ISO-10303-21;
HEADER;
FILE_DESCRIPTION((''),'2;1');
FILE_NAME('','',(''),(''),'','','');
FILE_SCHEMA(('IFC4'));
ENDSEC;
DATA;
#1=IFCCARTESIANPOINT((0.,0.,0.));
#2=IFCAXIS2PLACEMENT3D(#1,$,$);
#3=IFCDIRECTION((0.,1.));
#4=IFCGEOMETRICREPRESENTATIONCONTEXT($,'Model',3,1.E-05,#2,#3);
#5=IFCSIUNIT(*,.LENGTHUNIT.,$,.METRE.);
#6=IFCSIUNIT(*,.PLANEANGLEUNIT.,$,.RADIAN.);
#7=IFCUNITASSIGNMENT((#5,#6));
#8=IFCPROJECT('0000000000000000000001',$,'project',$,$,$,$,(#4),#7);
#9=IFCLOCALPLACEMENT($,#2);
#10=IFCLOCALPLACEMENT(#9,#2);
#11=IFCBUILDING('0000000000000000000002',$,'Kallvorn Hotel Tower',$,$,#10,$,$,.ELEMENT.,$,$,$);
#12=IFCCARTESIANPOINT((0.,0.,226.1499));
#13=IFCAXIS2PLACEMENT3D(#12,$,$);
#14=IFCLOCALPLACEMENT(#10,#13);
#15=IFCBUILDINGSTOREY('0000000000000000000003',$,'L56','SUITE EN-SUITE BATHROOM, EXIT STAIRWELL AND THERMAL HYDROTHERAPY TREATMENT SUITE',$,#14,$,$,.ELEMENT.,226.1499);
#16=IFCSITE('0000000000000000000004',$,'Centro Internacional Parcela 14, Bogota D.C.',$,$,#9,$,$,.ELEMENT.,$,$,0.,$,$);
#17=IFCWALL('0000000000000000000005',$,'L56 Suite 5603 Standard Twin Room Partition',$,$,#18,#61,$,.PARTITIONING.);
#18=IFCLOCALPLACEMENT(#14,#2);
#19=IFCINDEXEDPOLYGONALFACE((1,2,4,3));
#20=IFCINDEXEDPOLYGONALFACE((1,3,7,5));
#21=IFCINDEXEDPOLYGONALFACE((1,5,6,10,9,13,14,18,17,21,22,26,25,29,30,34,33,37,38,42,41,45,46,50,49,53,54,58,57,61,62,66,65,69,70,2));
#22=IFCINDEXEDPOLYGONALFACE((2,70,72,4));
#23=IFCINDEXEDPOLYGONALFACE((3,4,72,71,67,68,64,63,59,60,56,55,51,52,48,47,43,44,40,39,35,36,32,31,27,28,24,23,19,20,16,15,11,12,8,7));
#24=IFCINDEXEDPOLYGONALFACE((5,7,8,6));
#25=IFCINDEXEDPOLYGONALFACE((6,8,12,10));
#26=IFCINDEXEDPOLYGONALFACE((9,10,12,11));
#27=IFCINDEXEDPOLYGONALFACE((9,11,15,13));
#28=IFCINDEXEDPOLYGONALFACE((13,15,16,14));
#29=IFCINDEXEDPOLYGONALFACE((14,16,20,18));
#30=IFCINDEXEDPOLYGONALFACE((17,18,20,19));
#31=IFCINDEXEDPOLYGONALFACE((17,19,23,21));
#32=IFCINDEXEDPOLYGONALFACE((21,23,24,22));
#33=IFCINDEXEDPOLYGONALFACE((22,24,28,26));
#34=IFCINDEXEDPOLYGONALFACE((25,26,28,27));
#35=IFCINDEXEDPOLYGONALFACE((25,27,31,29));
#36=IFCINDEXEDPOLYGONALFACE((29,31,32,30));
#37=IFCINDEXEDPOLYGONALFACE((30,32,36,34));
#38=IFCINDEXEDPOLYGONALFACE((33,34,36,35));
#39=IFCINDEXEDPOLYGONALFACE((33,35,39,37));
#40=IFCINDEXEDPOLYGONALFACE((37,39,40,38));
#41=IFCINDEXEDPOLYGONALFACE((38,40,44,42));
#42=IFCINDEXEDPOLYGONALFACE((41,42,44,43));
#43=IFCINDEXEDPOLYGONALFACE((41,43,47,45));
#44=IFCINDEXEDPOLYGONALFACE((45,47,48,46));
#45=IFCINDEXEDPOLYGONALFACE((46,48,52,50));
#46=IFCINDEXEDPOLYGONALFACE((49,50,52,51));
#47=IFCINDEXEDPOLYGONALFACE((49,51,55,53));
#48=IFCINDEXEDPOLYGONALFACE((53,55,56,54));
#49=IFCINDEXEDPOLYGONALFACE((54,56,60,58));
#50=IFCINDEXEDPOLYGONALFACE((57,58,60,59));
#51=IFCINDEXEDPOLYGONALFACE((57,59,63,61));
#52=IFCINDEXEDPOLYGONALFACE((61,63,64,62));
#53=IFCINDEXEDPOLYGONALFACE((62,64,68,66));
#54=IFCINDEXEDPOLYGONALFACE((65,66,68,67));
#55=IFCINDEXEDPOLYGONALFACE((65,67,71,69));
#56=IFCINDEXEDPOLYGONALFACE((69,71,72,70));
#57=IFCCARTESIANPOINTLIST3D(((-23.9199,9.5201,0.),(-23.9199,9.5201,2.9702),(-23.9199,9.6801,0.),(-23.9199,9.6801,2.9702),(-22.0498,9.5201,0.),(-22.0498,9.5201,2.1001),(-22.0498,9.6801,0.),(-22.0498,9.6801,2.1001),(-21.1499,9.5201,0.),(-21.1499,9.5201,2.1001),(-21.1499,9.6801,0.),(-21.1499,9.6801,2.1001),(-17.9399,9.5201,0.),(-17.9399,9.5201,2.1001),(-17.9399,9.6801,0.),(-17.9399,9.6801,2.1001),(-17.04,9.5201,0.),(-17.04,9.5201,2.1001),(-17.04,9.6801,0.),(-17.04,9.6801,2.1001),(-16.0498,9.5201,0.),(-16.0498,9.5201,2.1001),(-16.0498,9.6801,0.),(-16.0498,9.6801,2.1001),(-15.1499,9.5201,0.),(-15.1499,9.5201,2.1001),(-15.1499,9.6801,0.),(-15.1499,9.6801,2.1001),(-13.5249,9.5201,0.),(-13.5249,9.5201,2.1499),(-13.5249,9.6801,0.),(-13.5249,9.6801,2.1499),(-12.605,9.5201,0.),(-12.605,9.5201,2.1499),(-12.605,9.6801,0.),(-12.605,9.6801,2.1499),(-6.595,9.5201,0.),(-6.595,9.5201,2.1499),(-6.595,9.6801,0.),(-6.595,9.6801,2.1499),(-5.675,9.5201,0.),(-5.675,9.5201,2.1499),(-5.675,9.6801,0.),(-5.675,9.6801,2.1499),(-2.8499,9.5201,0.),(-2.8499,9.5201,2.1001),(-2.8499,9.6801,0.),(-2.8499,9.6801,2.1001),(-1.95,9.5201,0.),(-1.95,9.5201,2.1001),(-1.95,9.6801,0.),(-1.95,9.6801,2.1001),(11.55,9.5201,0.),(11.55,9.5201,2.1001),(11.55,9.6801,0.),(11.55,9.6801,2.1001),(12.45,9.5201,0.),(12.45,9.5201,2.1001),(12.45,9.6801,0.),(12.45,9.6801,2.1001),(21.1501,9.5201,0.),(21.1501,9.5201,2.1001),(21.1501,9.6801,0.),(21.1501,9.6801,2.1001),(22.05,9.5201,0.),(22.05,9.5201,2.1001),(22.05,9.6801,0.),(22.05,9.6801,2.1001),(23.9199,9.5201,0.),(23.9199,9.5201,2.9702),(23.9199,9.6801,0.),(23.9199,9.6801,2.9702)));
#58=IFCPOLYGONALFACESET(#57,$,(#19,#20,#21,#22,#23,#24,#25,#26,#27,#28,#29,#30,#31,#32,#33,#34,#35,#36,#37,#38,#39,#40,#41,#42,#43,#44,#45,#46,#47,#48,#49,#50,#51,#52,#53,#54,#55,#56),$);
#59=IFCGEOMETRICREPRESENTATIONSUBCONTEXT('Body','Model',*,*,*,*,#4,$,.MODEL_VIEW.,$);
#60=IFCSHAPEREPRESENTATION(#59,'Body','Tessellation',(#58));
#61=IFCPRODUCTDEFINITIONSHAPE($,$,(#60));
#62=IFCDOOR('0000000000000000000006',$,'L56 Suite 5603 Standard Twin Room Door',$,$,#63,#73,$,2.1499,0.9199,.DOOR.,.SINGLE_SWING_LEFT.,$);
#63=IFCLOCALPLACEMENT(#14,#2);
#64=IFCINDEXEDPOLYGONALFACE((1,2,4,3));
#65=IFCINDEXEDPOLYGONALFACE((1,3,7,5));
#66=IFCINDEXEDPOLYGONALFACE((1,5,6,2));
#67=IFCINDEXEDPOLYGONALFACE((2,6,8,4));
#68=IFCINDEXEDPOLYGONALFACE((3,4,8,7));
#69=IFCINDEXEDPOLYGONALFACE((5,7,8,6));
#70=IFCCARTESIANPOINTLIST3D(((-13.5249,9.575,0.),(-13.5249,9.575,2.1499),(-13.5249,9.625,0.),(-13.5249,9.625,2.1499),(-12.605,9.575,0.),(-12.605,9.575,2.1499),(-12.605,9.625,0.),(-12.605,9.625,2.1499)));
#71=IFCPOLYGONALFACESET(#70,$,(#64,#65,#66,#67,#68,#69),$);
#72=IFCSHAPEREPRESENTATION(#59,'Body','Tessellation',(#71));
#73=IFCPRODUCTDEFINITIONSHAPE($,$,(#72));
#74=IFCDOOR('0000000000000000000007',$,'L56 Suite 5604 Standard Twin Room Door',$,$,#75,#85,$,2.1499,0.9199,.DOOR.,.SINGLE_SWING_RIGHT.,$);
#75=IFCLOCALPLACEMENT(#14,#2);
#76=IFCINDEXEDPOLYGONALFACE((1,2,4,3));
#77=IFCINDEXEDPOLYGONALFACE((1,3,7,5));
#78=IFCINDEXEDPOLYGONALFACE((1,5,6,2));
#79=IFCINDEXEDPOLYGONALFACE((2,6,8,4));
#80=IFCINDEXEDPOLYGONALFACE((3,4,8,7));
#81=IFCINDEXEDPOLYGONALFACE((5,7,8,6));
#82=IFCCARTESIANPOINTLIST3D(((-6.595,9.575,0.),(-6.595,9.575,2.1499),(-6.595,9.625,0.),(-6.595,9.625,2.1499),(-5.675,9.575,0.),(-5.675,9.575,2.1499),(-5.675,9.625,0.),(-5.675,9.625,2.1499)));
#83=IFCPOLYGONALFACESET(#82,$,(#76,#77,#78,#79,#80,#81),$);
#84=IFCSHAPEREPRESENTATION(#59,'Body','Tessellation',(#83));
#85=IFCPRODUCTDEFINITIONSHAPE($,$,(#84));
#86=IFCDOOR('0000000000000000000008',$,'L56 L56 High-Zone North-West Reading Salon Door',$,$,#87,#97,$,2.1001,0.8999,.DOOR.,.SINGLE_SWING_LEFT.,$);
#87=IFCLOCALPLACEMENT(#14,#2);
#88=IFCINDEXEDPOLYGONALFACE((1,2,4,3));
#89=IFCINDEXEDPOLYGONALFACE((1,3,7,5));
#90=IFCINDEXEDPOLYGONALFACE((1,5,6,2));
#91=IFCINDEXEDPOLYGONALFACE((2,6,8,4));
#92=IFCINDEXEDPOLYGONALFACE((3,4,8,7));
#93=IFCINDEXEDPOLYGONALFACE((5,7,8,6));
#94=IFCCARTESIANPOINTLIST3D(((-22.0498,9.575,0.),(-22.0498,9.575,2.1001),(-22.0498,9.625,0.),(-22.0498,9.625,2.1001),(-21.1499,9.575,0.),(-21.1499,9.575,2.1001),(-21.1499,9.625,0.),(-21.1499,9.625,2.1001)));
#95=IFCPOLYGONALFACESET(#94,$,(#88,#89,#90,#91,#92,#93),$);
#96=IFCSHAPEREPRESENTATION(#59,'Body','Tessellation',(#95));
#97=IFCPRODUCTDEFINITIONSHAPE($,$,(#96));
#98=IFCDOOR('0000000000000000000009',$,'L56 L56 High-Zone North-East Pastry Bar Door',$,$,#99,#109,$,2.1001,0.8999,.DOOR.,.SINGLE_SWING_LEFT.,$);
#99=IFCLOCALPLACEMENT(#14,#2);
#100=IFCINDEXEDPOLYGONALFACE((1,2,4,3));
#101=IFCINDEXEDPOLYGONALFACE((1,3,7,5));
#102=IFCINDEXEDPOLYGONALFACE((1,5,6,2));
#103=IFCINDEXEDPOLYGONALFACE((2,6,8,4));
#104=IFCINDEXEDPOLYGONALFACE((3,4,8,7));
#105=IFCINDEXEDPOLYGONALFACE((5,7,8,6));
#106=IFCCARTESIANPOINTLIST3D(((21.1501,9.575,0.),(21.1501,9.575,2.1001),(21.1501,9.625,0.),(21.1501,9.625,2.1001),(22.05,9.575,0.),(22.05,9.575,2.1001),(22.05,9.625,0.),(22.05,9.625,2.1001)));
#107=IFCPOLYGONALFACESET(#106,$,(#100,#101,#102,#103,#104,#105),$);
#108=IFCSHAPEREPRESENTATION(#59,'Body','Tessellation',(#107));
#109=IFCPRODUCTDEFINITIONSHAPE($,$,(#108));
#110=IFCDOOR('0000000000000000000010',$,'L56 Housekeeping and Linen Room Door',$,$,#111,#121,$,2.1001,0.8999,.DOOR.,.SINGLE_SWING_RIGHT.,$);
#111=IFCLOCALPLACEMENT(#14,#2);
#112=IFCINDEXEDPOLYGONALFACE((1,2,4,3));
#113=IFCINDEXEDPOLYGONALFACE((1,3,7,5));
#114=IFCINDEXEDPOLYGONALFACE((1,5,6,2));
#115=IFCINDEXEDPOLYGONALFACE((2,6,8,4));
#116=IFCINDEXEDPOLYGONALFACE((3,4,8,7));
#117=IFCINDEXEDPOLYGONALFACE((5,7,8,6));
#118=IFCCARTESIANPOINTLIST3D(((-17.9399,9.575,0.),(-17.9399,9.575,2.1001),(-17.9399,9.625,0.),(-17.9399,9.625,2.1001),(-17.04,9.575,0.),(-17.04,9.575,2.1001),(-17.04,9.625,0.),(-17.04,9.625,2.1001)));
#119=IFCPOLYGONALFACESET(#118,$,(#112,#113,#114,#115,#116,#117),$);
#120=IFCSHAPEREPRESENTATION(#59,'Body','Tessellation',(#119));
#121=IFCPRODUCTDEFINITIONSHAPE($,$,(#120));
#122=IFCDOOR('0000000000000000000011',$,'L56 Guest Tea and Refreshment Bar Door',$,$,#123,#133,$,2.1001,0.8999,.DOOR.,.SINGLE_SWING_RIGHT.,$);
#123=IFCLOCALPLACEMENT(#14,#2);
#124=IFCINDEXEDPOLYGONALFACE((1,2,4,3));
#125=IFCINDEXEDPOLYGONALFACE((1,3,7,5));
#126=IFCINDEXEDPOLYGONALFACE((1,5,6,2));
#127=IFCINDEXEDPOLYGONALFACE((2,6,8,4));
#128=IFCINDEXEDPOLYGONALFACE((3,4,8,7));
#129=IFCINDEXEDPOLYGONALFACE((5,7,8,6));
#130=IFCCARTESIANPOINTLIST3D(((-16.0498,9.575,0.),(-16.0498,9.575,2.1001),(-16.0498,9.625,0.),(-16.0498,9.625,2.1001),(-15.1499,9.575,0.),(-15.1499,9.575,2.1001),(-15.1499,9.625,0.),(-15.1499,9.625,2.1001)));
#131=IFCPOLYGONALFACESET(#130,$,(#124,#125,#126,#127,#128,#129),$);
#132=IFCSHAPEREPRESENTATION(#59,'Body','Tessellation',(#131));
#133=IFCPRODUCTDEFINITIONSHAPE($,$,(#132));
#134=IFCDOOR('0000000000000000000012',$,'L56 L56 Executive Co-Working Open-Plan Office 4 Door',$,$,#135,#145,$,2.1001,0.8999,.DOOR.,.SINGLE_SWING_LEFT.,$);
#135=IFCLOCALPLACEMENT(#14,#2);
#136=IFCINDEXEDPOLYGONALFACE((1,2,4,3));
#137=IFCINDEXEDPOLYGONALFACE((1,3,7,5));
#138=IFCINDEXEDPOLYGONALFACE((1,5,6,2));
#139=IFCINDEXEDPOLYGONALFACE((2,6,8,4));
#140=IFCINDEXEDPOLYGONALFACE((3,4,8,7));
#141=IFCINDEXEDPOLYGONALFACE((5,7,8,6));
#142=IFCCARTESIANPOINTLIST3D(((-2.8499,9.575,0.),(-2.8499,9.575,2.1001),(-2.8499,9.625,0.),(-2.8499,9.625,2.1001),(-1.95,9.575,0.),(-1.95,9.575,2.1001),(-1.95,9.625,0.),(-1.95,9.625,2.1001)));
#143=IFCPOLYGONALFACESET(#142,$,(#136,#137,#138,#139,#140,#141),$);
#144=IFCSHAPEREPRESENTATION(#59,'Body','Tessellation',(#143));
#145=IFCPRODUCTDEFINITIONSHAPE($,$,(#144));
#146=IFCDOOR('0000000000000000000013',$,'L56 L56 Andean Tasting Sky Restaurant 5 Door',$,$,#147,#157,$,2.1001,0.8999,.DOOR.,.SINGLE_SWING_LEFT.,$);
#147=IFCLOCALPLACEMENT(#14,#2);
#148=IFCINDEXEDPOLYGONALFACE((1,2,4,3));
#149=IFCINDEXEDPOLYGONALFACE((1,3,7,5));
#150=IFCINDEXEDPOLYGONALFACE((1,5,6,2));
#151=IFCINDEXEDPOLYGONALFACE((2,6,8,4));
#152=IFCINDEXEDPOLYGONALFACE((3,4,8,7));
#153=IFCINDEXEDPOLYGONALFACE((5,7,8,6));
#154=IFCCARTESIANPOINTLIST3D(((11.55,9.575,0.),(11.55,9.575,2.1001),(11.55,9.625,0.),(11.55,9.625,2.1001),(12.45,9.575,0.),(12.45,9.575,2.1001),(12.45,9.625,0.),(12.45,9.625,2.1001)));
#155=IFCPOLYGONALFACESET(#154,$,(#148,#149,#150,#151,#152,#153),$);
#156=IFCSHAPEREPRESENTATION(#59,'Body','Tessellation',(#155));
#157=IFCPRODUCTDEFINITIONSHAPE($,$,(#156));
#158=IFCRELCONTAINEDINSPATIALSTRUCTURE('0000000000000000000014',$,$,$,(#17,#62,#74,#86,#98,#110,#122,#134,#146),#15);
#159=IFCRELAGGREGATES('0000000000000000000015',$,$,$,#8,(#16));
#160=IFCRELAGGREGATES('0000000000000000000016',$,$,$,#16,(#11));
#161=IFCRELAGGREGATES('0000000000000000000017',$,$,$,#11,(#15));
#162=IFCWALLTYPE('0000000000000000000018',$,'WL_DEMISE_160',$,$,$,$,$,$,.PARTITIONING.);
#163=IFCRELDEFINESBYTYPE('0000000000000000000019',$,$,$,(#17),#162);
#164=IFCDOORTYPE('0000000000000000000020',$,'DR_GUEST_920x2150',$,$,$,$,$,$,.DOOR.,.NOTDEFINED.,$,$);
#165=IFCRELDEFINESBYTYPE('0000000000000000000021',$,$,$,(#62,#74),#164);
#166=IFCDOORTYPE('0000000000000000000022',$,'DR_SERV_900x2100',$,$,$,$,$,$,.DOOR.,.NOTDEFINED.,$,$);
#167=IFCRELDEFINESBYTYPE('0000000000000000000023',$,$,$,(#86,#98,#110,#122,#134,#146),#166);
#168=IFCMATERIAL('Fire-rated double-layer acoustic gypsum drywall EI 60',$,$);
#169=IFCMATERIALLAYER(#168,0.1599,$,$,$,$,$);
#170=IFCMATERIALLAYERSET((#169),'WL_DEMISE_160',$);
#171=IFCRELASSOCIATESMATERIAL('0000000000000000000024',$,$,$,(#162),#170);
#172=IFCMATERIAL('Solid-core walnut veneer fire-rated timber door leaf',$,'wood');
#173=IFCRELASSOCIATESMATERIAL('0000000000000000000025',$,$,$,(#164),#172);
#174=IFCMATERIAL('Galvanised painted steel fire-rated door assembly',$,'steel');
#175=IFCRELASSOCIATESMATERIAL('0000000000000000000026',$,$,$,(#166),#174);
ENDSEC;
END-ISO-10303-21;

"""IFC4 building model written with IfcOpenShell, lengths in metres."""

from ifc_helpers import new_model, si_unit, direction, frame, frame_2d, origin, place, context, subcontext, project, spatial, rectangle, extrude, material, layer, layer_set, type_object, element, fill, save


model = new_model("IFC4")

# Units and contexts
model_context = context("Model", 3, precision=1e-05, world=origin(), true_north=direction((0.0, 1.0)))
body_context = subcontext(model_context, "Body", "Model", "MODEL_VIEW")
ifc_project = project(units=[si_unit("LENGTHUNIT", "METRE"), si_unit("PLANEANGLEUNIT", "RADIAN")], contexts=[model_context])

# Site, building, storey
site_placement = place(None, origin())
site = spatial("IfcSite", under=ifc_project, at=site_placement, Name="Centro Internacional Parcela 14, Bogota D.C.", CompositionType="ELEMENT", RefElevation=0.0)
building_placement = place(site_placement, origin())
building = spatial("IfcBuilding", under=site, at=building_placement, Name="Kallvorn Hotel Tower", CompositionType="ELEMENT")
storey_placement = place(building_placement, frame((0.0, 0.0, 226.1499)))
storey = spatial("IfcBuildingStorey", under=building, at=storey_placement, Name="L56", Description="SUITE EN-SUITE BATHROOM, EXIT STAIRWELL AND THERMAL HYDROTHERAPY TREATMENT SUITE", CompositionType="ELEMENT", Elevation=226.1499)

# Wall, openings, doors
ifc_material_1 = material(Name="Fire-rated double-layer acoustic gypsum drywall EI 60")
ifc_layer_1 = layer(ifc_material_1, 0.1599)
ifc_layer_set_1 = layer_set([ifc_layer_1], Name="WL_DEMISE_160")
wall_type_1 = type_object("IfcWallType", Name="WL_DEMISE_160", PredefinedType="PARTITIONING", material=ifc_layer_set_1)
wall_1_placement = place(storey_placement, frame((-23.9199, 9.6001, 0.0), z_axis=(0.0, 0.0, 1.0), x_axis=(1.0, 0.0, 0.0)))
wall_1 = element("IfcWall", 1, at=wall_1_placement, inside=storey, type_object=wall_type_1, Name="L56 Suite 5603 Standard Twin Room Partition", PredefinedType="PARTITIONING", context=body_context, shape_type="SweptSolid", body=[
    extrude(rectangle(XDim=47.8398, YDim=0.1599, at=frame_2d((23.9199, 0.0))), origin(), (0.0, 0.0, 1.0), 2.9702),
])
opening_1_placement = place(wall_1_placement, frame((1.8701, 0.0, 0.0)))
opening_1 = element("IfcOpeningElement", 2, at=opening_1_placement, cuts=wall_1, PredefinedType="OPENING", context=body_context, shape_type="SweptSolid", body=[
    extrude(rectangle(XDim=0.8999, YDim=2.1001, at=frame_2d((0.45, 1.05))), frame((0.0, 0.095, 0.0), z_axis=(0.0, -1.0, 0.0), x_axis=(1.0, 0.0, 0.0)), (0.0, 0.0, 1.0), 0.1899),
])
opening_2_placement = place(wall_1_placement, frame((45.0701, 0.0, 0.0)))
opening_2 = element("IfcOpeningElement", 3, at=opening_2_placement, cuts=wall_1, PredefinedType="OPENING", context=body_context, shape_type="SweptSolid", body=[
    extrude(rectangle(XDim=0.8999, YDim=2.1001, at=frame_2d((0.45, 1.05))), frame((0.0, 0.095, 0.0), z_axis=(0.0, -1.0, 0.0), x_axis=(1.0, 0.0, 0.0)), (0.0, 0.0, 1.0), 0.1899),
])
opening_3_placement = place(wall_1_placement, frame((5.98, 0.0, 0.0)))
opening_3 = element("IfcOpeningElement", 4, at=opening_3_placement, cuts=wall_1, PredefinedType="OPENING", context=body_context, shape_type="SweptSolid", body=[
    extrude(rectangle(XDim=0.8999, YDim=2.1001, at=frame_2d((0.45, 1.05))), frame((0.0, 0.095, 0.0), z_axis=(0.0, -1.0, 0.0), x_axis=(1.0, 0.0, 0.0)), (0.0, 0.0, 1.0), 0.1899),
])
opening_4_placement = place(wall_1_placement, frame((7.8701, 0.0, 0.0)))
opening_4 = element("IfcOpeningElement", 5, at=opening_4_placement, cuts=wall_1, PredefinedType="OPENING", context=body_context, shape_type="SweptSolid", body=[
    extrude(rectangle(XDim=0.8999, YDim=2.1001, at=frame_2d((0.45, 1.05))), frame((0.0, 0.095, 0.0), z_axis=(0.0, -1.0, 0.0), x_axis=(1.0, 0.0, 0.0)), (0.0, 0.0, 1.0), 0.1899),
])
opening_5_placement = place(wall_1_placement, frame((10.395, 0.0, 0.0)))
opening_5 = element("IfcOpeningElement", 6, at=opening_5_placement, cuts=wall_1, PredefinedType="OPENING", context=body_context, shape_type="SweptSolid", body=[
    extrude(rectangle(XDim=0.9199, YDim=2.1499, at=frame_2d((0.46, 1.075))), frame((0.0, 0.095, 0.0), z_axis=(0.0, -1.0, 0.0), x_axis=(1.0, 0.0, 0.0)), (0.0, 0.0, 1.0), 0.1899),
])
opening_6_placement = place(wall_1_placement, frame((17.325, 0.0, 0.0)))
opening_6 = element("IfcOpeningElement", 7, at=opening_6_placement, cuts=wall_1, PredefinedType="OPENING", context=body_context, shape_type="SweptSolid", body=[
    extrude(rectangle(XDim=0.9199, YDim=2.1499, at=frame_2d((0.46, 1.075))), frame((0.0, 0.095, 0.0), z_axis=(0.0, -1.0, 0.0), x_axis=(1.0, 0.0, 0.0)), (0.0, 0.0, 1.0), 0.1899),
])
opening_7_placement = place(wall_1_placement, frame((21.0701, 0.0, 0.0)))
opening_7 = element("IfcOpeningElement", 8, at=opening_7_placement, cuts=wall_1, PredefinedType="OPENING", context=body_context, shape_type="SweptSolid", body=[
    extrude(rectangle(XDim=0.8999, YDim=2.1001, at=frame_2d((0.45, 1.05))), frame((0.0, 0.095, 0.0), z_axis=(0.0, -1.0, 0.0), x_axis=(1.0, 0.0, 0.0)), (0.0, 0.0, 1.0), 0.1899),
])
opening_8_placement = place(wall_1_placement, frame((35.47, 0.0, 0.0)))
opening_8 = element("IfcOpeningElement", 9, at=opening_8_placement, cuts=wall_1, PredefinedType="OPENING", context=body_context, shape_type="SweptSolid", body=[
    extrude(rectangle(XDim=0.8999, YDim=2.1001, at=frame_2d((0.45, 1.05))), frame((0.0, 0.095, 0.0), z_axis=(0.0, -1.0, 0.0), x_axis=(1.0, 0.0, 0.0)), (0.0, 0.0, 1.0), 0.1899),
])
ifc_material_2 = material(Name="Solid-core walnut veneer fire-rated timber door leaf", Category="wood")
door_type_1 = type_object("IfcDoorType", Name="DR_GUEST_920x2150", OperationType="NOTDEFINED", PredefinedType="DOOR", material=ifc_material_2)
door_1_placement = place(opening_5_placement, origin())
door_1 = element("IfcDoor", 10, at=door_1_placement, inside=storey, type_object=door_type_1, Name="L56 Suite 5603 Standard Twin Room Door", OperationType="SINGLE_SWING_LEFT", OverallHeight=2.1499, OverallWidth=0.9199, PredefinedType="DOOR", context=body_context, shape_type="SweptSolid", body=[
    extrude(rectangle(XDim=0.9199, YDim=2.1499, at=frame_2d((0.46, 1.075))), frame((0.0, 0.0249, 0.0), z_axis=(0.0, -1.0, 0.0), x_axis=(1.0, 0.0, 0.0)), (0.0, 0.0, 1.0), 0.05),
])
fill(opening_5, door_1)
door_2_placement = place(opening_6_placement, origin())
door_2 = element("IfcDoor", 11, at=door_2_placement, inside=storey, type_object=door_type_1, Name="L56 Suite 5604 Standard Twin Room Door", OperationType="SINGLE_SWING_RIGHT", OverallHeight=2.1499, OverallWidth=0.9199, PredefinedType="DOOR", context=body_context, shape_type="SweptSolid", body=[
    extrude(rectangle(XDim=0.9199, YDim=2.1499, at=frame_2d((0.46, 1.075))), frame((0.0, 0.0249, 0.0), z_axis=(0.0, -1.0, 0.0), x_axis=(1.0, 0.0, 0.0)), (0.0, 0.0, 1.0), 0.05),
])
fill(opening_6, door_2)
ifc_material_3 = material(Name="Galvanised painted steel fire-rated door assembly", Category="steel")
door_type_2 = type_object("IfcDoorType", Name="DR_SERV_900x2100", OperationType="NOTDEFINED", PredefinedType="DOOR", material=ifc_material_3)
door_3_placement = place(opening_1_placement, origin())
door_3 = element("IfcDoor", 12, at=door_3_placement, inside=storey, type_object=door_type_2, Name="L56 L56 High-Zone North-West Reading Salon Door", OperationType="SINGLE_SWING_LEFT", OverallHeight=2.1001, OverallWidth=0.8999, PredefinedType="DOOR", context=body_context, shape_type="SweptSolid", body=[
    extrude(rectangle(XDim=0.8999, YDim=2.1001, at=frame_2d((0.45, 1.05))), frame((0.0, 0.0249, 0.0), z_axis=(0.0, -1.0, 0.0), x_axis=(1.0, 0.0, 0.0)), (0.0, 0.0, 1.0), 0.05),
])
fill(opening_1, door_3)
door_4_placement = place(opening_2_placement, origin())
door_4 = element("IfcDoor", 13, at=door_4_placement, inside=storey, type_object=door_type_2, Name="L56 L56 High-Zone North-East Pastry Bar Door", OperationType="SINGLE_SWING_LEFT", OverallHeight=2.1001, OverallWidth=0.8999, PredefinedType="DOOR", context=body_context, shape_type="SweptSolid", body=[
    extrude(rectangle(XDim=0.8999, YDim=2.1001, at=frame_2d((0.45, 1.05))), frame((0.0, 0.0249, 0.0), z_axis=(0.0, -1.0, 0.0), x_axis=(1.0, 0.0, 0.0)), (0.0, 0.0, 1.0), 0.05),
])
fill(opening_2, door_4)
door_5_placement = place(opening_3_placement, origin())
door_5 = element("IfcDoor", 14, at=door_5_placement, inside=storey, type_object=door_type_2, Name="L56 Housekeeping and Linen Room Door", OperationType="SINGLE_SWING_RIGHT", OverallHeight=2.1001, OverallWidth=0.8999, PredefinedType="DOOR", context=body_context, shape_type="SweptSolid", body=[
    extrude(rectangle(XDim=0.8999, YDim=2.1001, at=frame_2d((0.45, 1.05))), frame((0.0, 0.0249, 0.0), z_axis=(0.0, -1.0, 0.0), x_axis=(1.0, 0.0, 0.0)), (0.0, 0.0, 1.0), 0.05),
])
fill(opening_3, door_5)
door_6_placement = place(opening_4_placement, origin())
door_6 = element("IfcDoor", 15, at=door_6_placement, inside=storey, type_object=door_type_2, Name="L56 Guest Tea and Refreshment Bar Door", OperationType="SINGLE_SWING_RIGHT", OverallHeight=2.1001, OverallWidth=0.8999, PredefinedType="DOOR", context=body_context, shape_type="SweptSolid", body=[
    extrude(rectangle(XDim=0.8999, YDim=2.1001, at=frame_2d((0.45, 1.05))), frame((0.0, 0.0249, 0.0), z_axis=(0.0, -1.0, 0.0), x_axis=(1.0, 0.0, 0.0)), (0.0, 0.0, 1.0), 0.05),
])
fill(opening_4, door_6)
door_7_placement = place(opening_7_placement, origin())
door_7 = element("IfcDoor", 16, at=door_7_placement, inside=storey, type_object=door_type_2, Name="L56 L56 Executive Co-Working Open-Plan Office 4 Door", OperationType="SINGLE_SWING_LEFT", OverallHeight=2.1001, OverallWidth=0.8999, PredefinedType="DOOR", context=body_context, shape_type="SweptSolid", body=[
    extrude(rectangle(XDim=0.8999, YDim=2.1001, at=frame_2d((0.45, 1.05))), frame((0.0, 0.0249, 0.0), z_axis=(0.0, -1.0, 0.0), x_axis=(1.0, 0.0, 0.0)), (0.0, 0.0, 1.0), 0.05),
])
fill(opening_7, door_7)
door_8_placement = place(opening_8_placement, origin())
door_8 = element("IfcDoor", 17, at=door_8_placement, inside=storey, type_object=door_type_2, Name="L56 L56 Andean Tasting Sky Restaurant 5 Door", OperationType="SINGLE_SWING_LEFT", OverallHeight=2.1001, OverallWidth=0.8999, PredefinedType="DOOR", context=body_context, shape_type="SweptSolid", body=[
    extrude(rectangle(XDim=0.8999, YDim=2.1001, at=frame_2d((0.45, 1.05))), frame((0.0, 0.0249, 0.0), z_axis=(0.0, -1.0, 0.0), x_axis=(1.0, 0.0, 0.0)), (0.0, 0.0, 1.0), 0.05),
])
fill(opening_8, door_8)

save(model, "model.ifc")
